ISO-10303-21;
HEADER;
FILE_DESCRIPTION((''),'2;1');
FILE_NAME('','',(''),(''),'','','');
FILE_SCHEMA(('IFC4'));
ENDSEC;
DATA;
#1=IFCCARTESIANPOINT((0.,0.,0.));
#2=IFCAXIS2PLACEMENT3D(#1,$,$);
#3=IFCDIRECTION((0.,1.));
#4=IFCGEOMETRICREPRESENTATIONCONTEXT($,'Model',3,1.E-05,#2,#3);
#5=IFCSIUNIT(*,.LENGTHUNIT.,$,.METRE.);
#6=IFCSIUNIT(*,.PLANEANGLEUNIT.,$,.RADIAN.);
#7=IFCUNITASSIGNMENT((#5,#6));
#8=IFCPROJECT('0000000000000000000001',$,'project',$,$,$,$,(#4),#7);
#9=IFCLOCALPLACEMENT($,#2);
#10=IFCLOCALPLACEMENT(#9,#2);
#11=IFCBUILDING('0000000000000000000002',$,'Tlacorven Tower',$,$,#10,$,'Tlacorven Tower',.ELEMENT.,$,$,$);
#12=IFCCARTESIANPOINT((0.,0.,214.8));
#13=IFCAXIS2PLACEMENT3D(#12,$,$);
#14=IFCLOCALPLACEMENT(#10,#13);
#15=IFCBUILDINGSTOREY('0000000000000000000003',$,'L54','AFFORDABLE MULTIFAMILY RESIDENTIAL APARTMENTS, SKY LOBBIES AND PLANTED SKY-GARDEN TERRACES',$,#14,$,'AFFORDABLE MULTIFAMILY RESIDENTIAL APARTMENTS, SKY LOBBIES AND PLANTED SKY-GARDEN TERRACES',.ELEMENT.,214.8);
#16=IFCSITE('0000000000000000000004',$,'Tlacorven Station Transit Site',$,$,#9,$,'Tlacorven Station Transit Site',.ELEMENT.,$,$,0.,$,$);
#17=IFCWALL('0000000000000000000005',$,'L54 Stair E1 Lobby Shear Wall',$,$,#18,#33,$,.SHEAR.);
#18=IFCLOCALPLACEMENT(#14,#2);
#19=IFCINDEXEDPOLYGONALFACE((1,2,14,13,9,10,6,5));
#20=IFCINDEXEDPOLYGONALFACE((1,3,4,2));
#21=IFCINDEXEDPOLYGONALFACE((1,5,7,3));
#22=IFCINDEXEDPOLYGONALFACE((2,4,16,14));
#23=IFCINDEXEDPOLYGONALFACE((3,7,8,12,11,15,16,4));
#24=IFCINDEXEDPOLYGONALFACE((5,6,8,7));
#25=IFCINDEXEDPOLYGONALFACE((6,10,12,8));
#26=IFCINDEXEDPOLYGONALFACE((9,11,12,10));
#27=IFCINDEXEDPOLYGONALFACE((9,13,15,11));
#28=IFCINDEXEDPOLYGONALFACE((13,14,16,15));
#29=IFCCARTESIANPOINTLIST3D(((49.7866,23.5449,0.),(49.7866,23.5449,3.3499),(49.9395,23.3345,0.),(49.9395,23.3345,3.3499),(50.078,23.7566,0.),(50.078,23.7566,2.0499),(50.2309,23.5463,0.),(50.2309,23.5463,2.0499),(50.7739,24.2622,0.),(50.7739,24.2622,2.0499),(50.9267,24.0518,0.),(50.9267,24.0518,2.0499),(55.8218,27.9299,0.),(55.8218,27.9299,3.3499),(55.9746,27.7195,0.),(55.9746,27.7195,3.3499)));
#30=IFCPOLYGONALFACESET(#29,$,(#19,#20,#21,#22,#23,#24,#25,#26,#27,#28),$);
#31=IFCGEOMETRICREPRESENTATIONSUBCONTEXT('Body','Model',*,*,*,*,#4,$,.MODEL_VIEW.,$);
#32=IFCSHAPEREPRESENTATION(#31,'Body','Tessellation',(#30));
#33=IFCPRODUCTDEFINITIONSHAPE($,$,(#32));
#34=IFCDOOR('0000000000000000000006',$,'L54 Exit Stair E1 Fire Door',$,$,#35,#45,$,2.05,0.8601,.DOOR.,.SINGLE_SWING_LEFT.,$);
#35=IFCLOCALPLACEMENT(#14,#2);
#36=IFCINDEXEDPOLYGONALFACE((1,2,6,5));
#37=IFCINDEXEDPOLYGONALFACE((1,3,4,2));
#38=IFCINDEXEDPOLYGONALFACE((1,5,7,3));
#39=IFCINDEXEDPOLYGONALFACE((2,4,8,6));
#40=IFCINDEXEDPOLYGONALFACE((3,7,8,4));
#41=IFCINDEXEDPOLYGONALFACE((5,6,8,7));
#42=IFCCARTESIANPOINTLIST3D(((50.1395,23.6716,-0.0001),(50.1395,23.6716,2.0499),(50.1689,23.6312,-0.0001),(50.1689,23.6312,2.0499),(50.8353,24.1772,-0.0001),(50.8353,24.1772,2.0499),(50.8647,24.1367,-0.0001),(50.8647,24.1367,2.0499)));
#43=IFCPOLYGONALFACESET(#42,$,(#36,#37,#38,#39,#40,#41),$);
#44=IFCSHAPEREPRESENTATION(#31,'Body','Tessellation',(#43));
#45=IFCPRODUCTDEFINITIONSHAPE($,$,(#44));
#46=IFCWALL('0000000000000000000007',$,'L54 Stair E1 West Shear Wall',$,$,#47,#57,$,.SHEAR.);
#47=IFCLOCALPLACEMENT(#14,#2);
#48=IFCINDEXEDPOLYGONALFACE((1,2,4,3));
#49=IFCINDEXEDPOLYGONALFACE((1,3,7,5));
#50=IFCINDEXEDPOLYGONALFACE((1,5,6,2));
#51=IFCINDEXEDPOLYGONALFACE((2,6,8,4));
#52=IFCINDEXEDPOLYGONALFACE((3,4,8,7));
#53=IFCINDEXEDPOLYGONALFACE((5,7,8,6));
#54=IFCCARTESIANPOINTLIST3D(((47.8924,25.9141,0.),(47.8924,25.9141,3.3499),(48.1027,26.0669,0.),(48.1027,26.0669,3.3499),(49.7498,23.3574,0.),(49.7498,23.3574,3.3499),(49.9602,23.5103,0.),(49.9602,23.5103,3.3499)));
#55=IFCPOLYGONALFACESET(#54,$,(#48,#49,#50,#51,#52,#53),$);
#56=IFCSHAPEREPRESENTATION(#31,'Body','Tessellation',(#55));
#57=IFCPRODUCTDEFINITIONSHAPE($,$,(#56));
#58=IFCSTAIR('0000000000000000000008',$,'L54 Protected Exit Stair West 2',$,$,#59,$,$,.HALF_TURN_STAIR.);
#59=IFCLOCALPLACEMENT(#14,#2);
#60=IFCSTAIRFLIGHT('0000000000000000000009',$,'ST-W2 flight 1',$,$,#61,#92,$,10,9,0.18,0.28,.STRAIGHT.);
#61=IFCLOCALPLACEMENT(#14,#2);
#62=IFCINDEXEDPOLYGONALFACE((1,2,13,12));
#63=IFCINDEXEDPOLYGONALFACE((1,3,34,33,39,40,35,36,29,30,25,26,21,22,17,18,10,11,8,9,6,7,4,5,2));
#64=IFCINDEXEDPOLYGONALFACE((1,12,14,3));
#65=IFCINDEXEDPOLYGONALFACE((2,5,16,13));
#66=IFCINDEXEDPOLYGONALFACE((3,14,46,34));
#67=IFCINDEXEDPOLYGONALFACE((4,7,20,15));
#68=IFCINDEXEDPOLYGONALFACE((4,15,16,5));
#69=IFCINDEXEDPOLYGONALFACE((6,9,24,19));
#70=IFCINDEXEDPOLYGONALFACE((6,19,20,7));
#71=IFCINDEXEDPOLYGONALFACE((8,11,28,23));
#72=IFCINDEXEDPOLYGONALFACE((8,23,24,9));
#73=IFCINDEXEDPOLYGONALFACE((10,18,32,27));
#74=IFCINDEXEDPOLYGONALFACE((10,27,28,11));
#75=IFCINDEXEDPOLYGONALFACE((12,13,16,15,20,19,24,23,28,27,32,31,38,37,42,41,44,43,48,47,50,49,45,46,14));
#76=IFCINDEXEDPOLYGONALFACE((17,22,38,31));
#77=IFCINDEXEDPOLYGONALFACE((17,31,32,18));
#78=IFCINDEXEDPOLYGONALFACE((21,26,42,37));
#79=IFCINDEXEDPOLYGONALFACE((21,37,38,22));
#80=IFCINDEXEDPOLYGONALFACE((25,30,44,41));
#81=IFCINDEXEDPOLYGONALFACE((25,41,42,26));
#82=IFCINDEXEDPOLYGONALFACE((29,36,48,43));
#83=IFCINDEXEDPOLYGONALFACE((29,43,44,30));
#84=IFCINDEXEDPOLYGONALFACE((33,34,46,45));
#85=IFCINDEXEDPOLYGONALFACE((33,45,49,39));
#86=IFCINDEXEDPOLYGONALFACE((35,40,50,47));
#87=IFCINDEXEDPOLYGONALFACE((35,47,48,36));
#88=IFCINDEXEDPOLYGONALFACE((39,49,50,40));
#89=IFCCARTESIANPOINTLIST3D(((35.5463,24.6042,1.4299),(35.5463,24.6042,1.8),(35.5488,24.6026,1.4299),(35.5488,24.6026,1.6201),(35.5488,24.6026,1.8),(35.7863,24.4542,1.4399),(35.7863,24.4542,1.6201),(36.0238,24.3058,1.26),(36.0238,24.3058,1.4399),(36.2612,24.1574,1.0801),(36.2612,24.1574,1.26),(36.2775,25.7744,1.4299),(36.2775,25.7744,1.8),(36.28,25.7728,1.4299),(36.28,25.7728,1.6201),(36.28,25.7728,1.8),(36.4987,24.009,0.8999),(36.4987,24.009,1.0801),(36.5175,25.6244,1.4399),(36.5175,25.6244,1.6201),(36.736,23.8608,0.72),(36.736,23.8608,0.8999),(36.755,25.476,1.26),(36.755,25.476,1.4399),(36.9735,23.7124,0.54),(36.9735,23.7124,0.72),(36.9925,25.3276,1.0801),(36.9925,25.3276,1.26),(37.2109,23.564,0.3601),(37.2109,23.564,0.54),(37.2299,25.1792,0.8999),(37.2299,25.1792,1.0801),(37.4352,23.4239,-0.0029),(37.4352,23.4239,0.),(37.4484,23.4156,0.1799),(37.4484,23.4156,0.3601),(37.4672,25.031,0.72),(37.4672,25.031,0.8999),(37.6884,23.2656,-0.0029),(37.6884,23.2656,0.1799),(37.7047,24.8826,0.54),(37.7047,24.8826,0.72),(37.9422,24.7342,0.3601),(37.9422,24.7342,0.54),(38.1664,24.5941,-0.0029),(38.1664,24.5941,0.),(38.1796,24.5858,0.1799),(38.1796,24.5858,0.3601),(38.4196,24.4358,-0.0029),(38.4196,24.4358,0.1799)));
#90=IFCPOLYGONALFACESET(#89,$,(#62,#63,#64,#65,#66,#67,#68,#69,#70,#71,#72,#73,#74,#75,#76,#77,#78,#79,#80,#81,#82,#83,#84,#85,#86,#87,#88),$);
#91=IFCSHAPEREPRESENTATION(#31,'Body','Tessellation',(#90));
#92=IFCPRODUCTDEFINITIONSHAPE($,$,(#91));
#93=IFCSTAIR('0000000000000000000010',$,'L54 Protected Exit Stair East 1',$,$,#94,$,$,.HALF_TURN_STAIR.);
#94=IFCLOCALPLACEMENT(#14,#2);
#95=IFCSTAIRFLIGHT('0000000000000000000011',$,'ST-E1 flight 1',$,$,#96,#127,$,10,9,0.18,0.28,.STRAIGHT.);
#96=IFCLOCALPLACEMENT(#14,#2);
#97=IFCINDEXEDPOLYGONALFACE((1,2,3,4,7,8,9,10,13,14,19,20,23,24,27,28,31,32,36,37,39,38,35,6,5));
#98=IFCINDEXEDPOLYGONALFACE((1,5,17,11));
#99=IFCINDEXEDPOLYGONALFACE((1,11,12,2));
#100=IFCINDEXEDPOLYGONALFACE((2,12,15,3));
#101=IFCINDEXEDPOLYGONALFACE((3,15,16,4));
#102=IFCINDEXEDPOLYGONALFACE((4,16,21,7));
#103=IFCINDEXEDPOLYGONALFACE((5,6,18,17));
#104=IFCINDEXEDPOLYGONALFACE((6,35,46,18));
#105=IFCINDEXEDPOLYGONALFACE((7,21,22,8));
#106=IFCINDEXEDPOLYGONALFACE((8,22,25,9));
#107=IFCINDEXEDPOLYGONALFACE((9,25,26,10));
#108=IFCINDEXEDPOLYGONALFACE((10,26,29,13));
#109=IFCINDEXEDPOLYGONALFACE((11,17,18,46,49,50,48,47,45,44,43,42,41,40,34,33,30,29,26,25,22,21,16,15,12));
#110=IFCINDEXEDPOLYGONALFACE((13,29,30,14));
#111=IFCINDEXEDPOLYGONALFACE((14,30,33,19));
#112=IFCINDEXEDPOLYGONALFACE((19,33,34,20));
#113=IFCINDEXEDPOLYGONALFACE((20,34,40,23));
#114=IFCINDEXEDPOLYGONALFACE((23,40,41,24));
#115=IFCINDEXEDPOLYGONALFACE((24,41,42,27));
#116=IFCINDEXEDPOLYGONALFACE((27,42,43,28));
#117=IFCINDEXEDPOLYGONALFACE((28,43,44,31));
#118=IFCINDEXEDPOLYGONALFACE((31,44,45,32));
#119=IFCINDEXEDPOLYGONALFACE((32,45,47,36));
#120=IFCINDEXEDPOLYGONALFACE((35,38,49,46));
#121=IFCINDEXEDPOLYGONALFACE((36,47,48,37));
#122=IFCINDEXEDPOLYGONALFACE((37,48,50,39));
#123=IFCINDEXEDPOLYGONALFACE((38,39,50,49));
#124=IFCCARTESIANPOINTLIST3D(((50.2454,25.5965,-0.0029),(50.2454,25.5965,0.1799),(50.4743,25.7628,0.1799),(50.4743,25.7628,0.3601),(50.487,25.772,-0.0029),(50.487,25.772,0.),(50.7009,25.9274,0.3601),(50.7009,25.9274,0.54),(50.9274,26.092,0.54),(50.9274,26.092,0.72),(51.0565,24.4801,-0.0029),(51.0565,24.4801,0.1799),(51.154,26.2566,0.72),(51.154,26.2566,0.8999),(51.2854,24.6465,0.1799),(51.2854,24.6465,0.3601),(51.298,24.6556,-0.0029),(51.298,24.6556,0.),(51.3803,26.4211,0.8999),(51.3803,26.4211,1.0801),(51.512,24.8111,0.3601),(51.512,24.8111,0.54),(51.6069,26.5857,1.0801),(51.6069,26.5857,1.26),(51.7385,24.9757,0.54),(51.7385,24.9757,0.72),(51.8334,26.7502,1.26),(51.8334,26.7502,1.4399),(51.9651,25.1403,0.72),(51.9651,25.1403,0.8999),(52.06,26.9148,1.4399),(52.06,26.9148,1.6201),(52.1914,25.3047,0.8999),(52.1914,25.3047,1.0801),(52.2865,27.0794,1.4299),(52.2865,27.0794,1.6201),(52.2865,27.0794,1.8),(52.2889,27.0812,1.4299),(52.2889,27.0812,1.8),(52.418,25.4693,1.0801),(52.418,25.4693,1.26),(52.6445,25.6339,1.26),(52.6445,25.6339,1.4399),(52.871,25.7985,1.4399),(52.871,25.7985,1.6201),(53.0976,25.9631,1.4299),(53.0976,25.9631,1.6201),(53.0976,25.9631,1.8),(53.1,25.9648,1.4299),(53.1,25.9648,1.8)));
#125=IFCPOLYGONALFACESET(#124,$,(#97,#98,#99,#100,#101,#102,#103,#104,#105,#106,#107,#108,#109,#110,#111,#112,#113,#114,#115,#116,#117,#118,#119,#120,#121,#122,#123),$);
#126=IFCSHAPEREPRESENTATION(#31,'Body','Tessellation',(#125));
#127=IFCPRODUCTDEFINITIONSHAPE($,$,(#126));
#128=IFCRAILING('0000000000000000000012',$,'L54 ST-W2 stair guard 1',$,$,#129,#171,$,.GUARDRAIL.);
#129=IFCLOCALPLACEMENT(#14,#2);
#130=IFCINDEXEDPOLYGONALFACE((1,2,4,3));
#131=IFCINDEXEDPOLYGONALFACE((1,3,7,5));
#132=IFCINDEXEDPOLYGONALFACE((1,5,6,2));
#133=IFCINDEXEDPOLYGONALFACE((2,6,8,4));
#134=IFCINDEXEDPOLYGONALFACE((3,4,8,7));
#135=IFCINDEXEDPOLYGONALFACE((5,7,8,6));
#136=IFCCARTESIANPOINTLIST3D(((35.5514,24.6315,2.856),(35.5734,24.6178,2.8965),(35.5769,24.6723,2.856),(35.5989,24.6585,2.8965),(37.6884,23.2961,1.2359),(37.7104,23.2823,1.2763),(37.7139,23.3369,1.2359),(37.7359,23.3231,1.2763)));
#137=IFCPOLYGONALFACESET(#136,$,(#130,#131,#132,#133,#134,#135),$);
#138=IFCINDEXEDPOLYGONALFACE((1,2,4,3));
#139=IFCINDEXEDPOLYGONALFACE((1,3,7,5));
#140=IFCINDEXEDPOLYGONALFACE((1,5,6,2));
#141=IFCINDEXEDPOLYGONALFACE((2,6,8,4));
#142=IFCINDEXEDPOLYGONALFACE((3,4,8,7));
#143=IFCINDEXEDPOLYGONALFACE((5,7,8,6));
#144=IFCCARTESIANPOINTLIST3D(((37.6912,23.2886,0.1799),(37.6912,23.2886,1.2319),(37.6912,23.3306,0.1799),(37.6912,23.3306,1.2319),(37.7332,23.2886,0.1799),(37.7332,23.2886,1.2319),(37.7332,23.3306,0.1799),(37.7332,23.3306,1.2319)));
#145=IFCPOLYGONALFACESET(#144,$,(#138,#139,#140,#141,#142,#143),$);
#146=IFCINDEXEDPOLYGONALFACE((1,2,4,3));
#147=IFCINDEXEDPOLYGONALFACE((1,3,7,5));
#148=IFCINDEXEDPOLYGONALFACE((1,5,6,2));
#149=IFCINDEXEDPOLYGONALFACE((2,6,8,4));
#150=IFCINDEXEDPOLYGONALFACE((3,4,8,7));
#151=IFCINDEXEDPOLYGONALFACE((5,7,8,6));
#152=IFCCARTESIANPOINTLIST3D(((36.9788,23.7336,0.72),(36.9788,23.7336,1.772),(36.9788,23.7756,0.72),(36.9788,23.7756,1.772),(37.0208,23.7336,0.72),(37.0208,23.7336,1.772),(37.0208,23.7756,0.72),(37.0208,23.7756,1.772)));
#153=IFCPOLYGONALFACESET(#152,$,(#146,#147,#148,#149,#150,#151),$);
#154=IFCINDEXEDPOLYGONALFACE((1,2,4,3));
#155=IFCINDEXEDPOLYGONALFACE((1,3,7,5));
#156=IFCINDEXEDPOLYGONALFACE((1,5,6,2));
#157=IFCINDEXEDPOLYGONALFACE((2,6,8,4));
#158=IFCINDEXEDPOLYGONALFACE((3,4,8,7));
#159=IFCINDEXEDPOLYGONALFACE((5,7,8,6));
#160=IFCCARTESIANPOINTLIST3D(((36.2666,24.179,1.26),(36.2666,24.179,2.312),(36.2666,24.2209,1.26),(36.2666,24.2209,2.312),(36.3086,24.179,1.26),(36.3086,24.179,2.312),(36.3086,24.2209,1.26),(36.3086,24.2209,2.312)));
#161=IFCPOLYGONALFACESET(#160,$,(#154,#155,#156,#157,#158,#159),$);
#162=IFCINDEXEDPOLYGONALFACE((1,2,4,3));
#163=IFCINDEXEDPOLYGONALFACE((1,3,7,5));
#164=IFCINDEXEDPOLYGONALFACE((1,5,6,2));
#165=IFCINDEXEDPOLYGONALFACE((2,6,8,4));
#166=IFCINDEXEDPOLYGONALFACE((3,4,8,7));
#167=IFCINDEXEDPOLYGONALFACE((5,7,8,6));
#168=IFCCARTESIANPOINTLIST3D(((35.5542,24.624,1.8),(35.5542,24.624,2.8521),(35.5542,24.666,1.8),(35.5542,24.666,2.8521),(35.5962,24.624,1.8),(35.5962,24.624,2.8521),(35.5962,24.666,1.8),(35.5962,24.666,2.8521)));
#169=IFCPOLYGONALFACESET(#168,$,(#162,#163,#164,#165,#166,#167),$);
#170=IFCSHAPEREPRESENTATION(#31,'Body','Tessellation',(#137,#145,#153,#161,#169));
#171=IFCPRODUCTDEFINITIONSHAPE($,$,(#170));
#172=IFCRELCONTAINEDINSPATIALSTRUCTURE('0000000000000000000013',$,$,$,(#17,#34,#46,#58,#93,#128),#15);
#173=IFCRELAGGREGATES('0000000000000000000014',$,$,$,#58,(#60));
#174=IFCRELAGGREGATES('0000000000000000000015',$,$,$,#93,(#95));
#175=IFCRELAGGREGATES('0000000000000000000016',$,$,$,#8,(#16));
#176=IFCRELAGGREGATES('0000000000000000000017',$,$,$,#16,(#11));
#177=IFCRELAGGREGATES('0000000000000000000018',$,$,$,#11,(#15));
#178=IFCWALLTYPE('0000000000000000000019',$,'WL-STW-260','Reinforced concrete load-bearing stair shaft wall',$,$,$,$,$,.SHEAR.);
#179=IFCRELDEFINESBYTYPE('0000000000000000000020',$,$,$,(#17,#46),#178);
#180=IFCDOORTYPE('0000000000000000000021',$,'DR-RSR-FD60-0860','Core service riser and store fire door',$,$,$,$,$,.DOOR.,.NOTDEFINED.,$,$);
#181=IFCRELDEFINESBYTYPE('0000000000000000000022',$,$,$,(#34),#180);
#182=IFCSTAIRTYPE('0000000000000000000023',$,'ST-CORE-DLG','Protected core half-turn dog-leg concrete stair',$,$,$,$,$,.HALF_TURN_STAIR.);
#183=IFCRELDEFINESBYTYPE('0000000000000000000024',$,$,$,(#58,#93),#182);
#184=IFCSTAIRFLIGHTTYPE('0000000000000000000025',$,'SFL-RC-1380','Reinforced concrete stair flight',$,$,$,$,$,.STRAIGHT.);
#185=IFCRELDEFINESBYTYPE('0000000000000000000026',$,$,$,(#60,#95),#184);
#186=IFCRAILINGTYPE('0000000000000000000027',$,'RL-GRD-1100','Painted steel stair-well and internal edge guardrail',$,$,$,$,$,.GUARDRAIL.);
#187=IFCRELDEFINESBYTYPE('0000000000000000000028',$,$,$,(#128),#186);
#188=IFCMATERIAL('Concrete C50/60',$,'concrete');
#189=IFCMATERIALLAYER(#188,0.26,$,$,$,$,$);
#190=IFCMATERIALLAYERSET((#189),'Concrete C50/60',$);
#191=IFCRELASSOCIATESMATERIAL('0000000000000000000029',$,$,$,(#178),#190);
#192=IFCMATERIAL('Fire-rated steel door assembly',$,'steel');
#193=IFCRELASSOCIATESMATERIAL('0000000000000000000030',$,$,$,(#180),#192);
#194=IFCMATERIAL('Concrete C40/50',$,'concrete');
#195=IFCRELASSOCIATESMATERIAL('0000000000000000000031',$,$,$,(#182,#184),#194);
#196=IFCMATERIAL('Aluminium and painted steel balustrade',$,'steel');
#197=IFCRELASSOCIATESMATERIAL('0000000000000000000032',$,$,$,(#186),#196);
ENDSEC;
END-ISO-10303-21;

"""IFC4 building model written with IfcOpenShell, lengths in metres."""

from ifc_helpers import new_model, si_unit, direction, frame, frame_2d, origin, origin_2d, place, context, subcontext, project, spatial, polyline, rectangle, outline, extrude, source, transform, mapped, material, layer, layer_set, type_object, element, fill, aggregate, save


model = new_model("IFC4")

# Units and contexts
model_context = context("Model", 3, precision=1e-05, world=origin(), true_north=direction((0.0, 1.0)))
body_context = subcontext(model_context, "Body", "Model", "MODEL_VIEW")
ifc_project = project(units=[si_unit("LENGTHUNIT", "METRE"), si_unit("PLANEANGLEUNIT", "RADIAN")], contexts=[model_context])

# Site, building, storey
site_placement = place(None, origin())
site = spatial("IfcSite", under=ifc_project, at=site_placement, Name="Tlacorven Station Transit Site", LongName="Tlacorven Station Transit Site", CompositionType="ELEMENT", RefElevation=0.0)
building_placement = place(site_placement, origin())
building = spatial("IfcBuilding", under=site, at=building_placement, Name="Tlacorven Tower", LongName="Tlacorven Tower", CompositionType="ELEMENT")
storey_placement = place(building_placement, frame((0.0, 0.0, 214.8)))
storey = spatial("IfcBuildingStorey", under=building, at=storey_placement, Name="L54", Description="AFFORDABLE MULTIFAMILY RESIDENTIAL APARTMENTS, SKY LOBBIES AND PLANTED SKY-GARDEN TERRACES", LongName="AFFORDABLE MULTIFAMILY RESIDENTIAL APARTMENTS, SKY LOBBIES AND PLANTED SKY-GARDEN TERRACES", CompositionType="ELEMENT", Elevation=214.8)

# Shared definitions
ifc_material_1 = material(Name="Concrete C50/60", Category="concrete")
ifc_material_2 = material(Name="Concrete C40/50", Category="concrete")
ifc_layer_1 = layer(ifc_material_1, 0.26)
ifc_layer_set_1 = layer_set([ifc_layer_1], Name="Concrete C50/60")
wall_type_1 = type_object("IfcWallType", Name="WL-STW-260", Description="Reinforced concrete load-bearing stair shaft wall", PredefinedType="SHEAR", material=ifc_layer_set_1)

# Wall, opening, door
wall_1_placement = place(storey_placement, frame((49.863, 23.4397, 0.0), z_axis=(0.0, 0.0, 1.0), x_axis=(0.809003, 0.587804, 0.0)))
wall_1 = element("IfcWall", 1, at=wall_1_placement, inside=storey, type_object=wall_type_1, Name="L54 Stair E1 Lobby Shear Wall", PredefinedType="SHEAR", context=body_context, shape_type="SweptSolid", body=[
    extrude(rectangle(XDim=7.46, YDim=0.26, at=frame_2d((3.73, 0.0))), origin(), (0.0, 0.0, 1.0), 3.3499),
])
opening_placement = place(wall_1_placement, frame((0.3601, 0.0, 0.0)))
opening = element("IfcOpeningElement", 2, at=opening_placement, cuts=wall_1, PredefinedType="OPENING", context=body_context, shape_type="SweptSolid", body=[
    extrude(rectangle(XDim=0.8601, YDim=2.05, at=frame_2d((0.4302, 1.0249))), frame((0.0, 0.1401, 0.0), z_axis=(0.0, -1.0, 0.0), x_axis=(1.0, 0.0, 0.0)), (0.0, 0.0, 1.0), 0.28),
])
ifc_material_3 = material(Name="Fire-rated steel door assembly", Category="steel")
door_type = type_object("IfcDoorType", Name="DR-RSR-FD60-0860", Description="Core service riser and store fire door", OperationType="NOTDEFINED", PredefinedType="DOOR", material=ifc_material_3)
shared_shape_1 = source(origin(), body_context, "Body", "SweptSolid", [
    extrude(rectangle(XDim=0.8601, YDim=2.05, at=frame_2d((0.4302, 1.0249))), frame((0.0, 0.0249, 0.0), z_axis=(0.0, -1.0, 0.0), x_axis=(1.0, 0.0, 0.0)), (0.0, 0.0, 1.0), 0.05),
])
door_placement = place(opening_placement, frame((0.8601, 0.0, 0.0), z_axis=(0.0, 0.0, 1.0), x_axis=(-1.0, 0.0, 0.0)))
door = element("IfcDoor", 3, at=door_placement, inside=storey, type_object=door_type, Name="L54 Exit Stair E1 Fire Door", OperationType="SINGLE_SWING_LEFT", OverallHeight=2.05, OverallWidth=0.8601, PredefinedType="DOOR", context=body_context, shape_type="MappedRepresentation", body=[
    mapped(shared_shape_1, transform((0.0, 0.0, 0.0), scale=1.0)),
])
fill(opening, door)

# Wall
wall_2_placement = place(storey_placement, frame((49.855, 23.4338, 0.0), z_axis=(0.0, 0.0, 1.0), x_axis=(-0.587767, 0.80903, 0.0)))
element("IfcWall", 4, at=wall_2_placement, inside=storey, type_object=wall_type_1, Name="L54 Stair E1 West Shear Wall", PredefinedType="SHEAR", context=body_context, shape_type="SweptSolid", body=[
    extrude(rectangle(XDim=3.1602, YDim=0.26, at=frame_2d((1.5801, 0.0))), origin(), (0.0, 0.0, 1.0), 3.3499),
])

# Stairs, stair flights
stair_type = type_object("IfcStairType", Name="ST-CORE-DLG", Description="Protected core half-turn dog-leg concrete stair", PredefinedType="HALF_TURN_STAIR", material=ifc_material_2)
stair_1_placement = place(storey_placement, origin())
stair_1 = element("IfcStair", 5, at=stair_1_placement, inside=storey, type_object=stair_type, Name="L54 Protected Exit Stair West 2", PredefinedType="HALF_TURN_STAIR")
stair_flight_type = type_object("IfcStairFlightType", Name="SFL-RC-1380", Description="Reinforced concrete stair flight", PredefinedType="STRAIGHT", material=ifc_material_2)
shared_shape_2 = source(origin(), body_context, "Body", "SweptSolid", [
    extrude(outline(polyline([(-0.0029, -0.0029), (-0.0029, 0.1799), (0.28, 0.1799), (0.28, 0.3601), (0.5601, 0.3601), (0.5601, 0.54), (0.8401, 0.54), (0.8401, 0.72), (1.1201, 0.72), (1.1201, 0.8999), (1.3999, 0.8999), (1.3999, 1.0801), (1.6799, 1.0801), (1.6799, 1.26), (1.96, 1.26), (1.96, 1.4399), (2.24, 1.4399), (2.24, 1.6201), (2.52, 1.6201), (2.52, 1.8), (2.5229, 1.8), (2.5229, 1.4299), (2.52, 1.4299), (0.2957, 0.0), (0.2957, -0.0029), (-0.0029, -0.0029)])), frame((0.0, 0.6899, 0.0), z_axis=(0.0, -1.0, 0.0), x_axis=(1.0, 0.0, 0.0)), (0.0, 0.0, 1.0), 1.3799),
])
stair_flight_1_placement = place(storey_placement, frame((38.0515, 23.8523, 0.0), z_axis=(0.0, 0.0, 1.0), x_axis=(-0.848048, 0.529919, 0.0)))
stair_flight_1 = element("IfcStairFlight", 6, at=stair_flight_1_placement, type_object=stair_flight_type, Name="ST-W2 flight 1", NumberOfRisers=10, NumberOfTreads=9, PredefinedType="STRAIGHT", RiserHeight=0.18, TreadLength=0.28, context=body_context, shape_type="MappedRepresentation", body=[
    mapped(shared_shape_2, transform((0.0, 0.0, 0.0), scale=1.0)),
])
aggregate(stair_1, [stair_flight_1])
stair_2_placement = place(storey_placement, origin())
stair_2 = element("IfcStair", 7, at=stair_2_placement, inside=storey, type_object=stair_type, Name="L54 Protected Exit Stair East 1", PredefinedType="HALF_TURN_STAIR")
stair_flight_2_placement = place(storey_placement, frame((50.6533, 25.04, 0.0), z_axis=(0.0, 0.0, 1.0), x_axis=(0.809017, 0.587785, 0.0)))
stair_flight_2 = element("IfcStairFlight", 8, at=stair_flight_2_placement, type_object=stair_flight_type, Name="ST-E1 flight 1", NumberOfRisers=10, NumberOfTreads=9, PredefinedType="STRAIGHT", RiserHeight=0.18, TreadLength=0.28, context=body_context, shape_type="MappedRepresentation", body=[
    mapped(shared_shape_2, transform((0.0, 0.0, 0.0), scale=1.0)),
])
aggregate(stair_2, [stair_flight_2])

# Railing
ifc_material_4 = material(Name="Aluminium and painted steel balustrade", Category="steel")
railing_type_1 = type_object("IfcRailingType", Name="RL-GRD-1100", Description="Painted steel stair-well and internal edge guardrail", PredefinedType="GUARDRAIL", material=ifc_material_4)
shared_shape_3 = source(origin(), body_context, "Body", "SweptSolid", [
    extrude(rectangle(XDim=0.0481, YDim=0.0481, at=origin_2d()), frame((0.0, 0.0, 1.0762), z_axis=(-0.71332, 0.445774, 0.540796), x_axis=(-0.529955, -0.848026, 0.0)), (0.0, 0.0, 1.0), 2.9958),
    extrude(rectangle(XDim=0.042, YDim=0.042, at=origin_2d()), origin(), (0.0, 0.0, 1.0), 1.052),
    extrude(rectangle(XDim=0.042, YDim=0.042, at=origin_2d()), frame((-0.7124, 0.4451, 0.54)), (0.0, 0.0, 1.0), 1.052),
    extrude(rectangle(XDim=0.042, YDim=0.042, at=origin_2d()), frame((-1.4246, 0.8904, 1.0801)), (0.0, 0.0, 1.0), 1.052),
    extrude(rectangle(XDim=0.042, YDim=0.042, at=origin_2d()), frame((-2.137, 1.3354, 1.6201)), (0.0, 0.0, 1.0), 1.052),
])
railing_1_placement = place(storey_placement, frame((37.7122, 23.3096, 0.1799)))
element("IfcRailing", 9, at=railing_1_placement, inside=storey, type_object=railing_type_1, Name="L54 ST-W2 stair guard 1", PredefinedType="GUARDRAIL", context=body_context, shape_type="MappedRepresentation", body=[
    mapped(shared_shape_3, transform((0.0, 0.0, 0.0), scale=1.0)),
])

save(model, "model.ifc")
